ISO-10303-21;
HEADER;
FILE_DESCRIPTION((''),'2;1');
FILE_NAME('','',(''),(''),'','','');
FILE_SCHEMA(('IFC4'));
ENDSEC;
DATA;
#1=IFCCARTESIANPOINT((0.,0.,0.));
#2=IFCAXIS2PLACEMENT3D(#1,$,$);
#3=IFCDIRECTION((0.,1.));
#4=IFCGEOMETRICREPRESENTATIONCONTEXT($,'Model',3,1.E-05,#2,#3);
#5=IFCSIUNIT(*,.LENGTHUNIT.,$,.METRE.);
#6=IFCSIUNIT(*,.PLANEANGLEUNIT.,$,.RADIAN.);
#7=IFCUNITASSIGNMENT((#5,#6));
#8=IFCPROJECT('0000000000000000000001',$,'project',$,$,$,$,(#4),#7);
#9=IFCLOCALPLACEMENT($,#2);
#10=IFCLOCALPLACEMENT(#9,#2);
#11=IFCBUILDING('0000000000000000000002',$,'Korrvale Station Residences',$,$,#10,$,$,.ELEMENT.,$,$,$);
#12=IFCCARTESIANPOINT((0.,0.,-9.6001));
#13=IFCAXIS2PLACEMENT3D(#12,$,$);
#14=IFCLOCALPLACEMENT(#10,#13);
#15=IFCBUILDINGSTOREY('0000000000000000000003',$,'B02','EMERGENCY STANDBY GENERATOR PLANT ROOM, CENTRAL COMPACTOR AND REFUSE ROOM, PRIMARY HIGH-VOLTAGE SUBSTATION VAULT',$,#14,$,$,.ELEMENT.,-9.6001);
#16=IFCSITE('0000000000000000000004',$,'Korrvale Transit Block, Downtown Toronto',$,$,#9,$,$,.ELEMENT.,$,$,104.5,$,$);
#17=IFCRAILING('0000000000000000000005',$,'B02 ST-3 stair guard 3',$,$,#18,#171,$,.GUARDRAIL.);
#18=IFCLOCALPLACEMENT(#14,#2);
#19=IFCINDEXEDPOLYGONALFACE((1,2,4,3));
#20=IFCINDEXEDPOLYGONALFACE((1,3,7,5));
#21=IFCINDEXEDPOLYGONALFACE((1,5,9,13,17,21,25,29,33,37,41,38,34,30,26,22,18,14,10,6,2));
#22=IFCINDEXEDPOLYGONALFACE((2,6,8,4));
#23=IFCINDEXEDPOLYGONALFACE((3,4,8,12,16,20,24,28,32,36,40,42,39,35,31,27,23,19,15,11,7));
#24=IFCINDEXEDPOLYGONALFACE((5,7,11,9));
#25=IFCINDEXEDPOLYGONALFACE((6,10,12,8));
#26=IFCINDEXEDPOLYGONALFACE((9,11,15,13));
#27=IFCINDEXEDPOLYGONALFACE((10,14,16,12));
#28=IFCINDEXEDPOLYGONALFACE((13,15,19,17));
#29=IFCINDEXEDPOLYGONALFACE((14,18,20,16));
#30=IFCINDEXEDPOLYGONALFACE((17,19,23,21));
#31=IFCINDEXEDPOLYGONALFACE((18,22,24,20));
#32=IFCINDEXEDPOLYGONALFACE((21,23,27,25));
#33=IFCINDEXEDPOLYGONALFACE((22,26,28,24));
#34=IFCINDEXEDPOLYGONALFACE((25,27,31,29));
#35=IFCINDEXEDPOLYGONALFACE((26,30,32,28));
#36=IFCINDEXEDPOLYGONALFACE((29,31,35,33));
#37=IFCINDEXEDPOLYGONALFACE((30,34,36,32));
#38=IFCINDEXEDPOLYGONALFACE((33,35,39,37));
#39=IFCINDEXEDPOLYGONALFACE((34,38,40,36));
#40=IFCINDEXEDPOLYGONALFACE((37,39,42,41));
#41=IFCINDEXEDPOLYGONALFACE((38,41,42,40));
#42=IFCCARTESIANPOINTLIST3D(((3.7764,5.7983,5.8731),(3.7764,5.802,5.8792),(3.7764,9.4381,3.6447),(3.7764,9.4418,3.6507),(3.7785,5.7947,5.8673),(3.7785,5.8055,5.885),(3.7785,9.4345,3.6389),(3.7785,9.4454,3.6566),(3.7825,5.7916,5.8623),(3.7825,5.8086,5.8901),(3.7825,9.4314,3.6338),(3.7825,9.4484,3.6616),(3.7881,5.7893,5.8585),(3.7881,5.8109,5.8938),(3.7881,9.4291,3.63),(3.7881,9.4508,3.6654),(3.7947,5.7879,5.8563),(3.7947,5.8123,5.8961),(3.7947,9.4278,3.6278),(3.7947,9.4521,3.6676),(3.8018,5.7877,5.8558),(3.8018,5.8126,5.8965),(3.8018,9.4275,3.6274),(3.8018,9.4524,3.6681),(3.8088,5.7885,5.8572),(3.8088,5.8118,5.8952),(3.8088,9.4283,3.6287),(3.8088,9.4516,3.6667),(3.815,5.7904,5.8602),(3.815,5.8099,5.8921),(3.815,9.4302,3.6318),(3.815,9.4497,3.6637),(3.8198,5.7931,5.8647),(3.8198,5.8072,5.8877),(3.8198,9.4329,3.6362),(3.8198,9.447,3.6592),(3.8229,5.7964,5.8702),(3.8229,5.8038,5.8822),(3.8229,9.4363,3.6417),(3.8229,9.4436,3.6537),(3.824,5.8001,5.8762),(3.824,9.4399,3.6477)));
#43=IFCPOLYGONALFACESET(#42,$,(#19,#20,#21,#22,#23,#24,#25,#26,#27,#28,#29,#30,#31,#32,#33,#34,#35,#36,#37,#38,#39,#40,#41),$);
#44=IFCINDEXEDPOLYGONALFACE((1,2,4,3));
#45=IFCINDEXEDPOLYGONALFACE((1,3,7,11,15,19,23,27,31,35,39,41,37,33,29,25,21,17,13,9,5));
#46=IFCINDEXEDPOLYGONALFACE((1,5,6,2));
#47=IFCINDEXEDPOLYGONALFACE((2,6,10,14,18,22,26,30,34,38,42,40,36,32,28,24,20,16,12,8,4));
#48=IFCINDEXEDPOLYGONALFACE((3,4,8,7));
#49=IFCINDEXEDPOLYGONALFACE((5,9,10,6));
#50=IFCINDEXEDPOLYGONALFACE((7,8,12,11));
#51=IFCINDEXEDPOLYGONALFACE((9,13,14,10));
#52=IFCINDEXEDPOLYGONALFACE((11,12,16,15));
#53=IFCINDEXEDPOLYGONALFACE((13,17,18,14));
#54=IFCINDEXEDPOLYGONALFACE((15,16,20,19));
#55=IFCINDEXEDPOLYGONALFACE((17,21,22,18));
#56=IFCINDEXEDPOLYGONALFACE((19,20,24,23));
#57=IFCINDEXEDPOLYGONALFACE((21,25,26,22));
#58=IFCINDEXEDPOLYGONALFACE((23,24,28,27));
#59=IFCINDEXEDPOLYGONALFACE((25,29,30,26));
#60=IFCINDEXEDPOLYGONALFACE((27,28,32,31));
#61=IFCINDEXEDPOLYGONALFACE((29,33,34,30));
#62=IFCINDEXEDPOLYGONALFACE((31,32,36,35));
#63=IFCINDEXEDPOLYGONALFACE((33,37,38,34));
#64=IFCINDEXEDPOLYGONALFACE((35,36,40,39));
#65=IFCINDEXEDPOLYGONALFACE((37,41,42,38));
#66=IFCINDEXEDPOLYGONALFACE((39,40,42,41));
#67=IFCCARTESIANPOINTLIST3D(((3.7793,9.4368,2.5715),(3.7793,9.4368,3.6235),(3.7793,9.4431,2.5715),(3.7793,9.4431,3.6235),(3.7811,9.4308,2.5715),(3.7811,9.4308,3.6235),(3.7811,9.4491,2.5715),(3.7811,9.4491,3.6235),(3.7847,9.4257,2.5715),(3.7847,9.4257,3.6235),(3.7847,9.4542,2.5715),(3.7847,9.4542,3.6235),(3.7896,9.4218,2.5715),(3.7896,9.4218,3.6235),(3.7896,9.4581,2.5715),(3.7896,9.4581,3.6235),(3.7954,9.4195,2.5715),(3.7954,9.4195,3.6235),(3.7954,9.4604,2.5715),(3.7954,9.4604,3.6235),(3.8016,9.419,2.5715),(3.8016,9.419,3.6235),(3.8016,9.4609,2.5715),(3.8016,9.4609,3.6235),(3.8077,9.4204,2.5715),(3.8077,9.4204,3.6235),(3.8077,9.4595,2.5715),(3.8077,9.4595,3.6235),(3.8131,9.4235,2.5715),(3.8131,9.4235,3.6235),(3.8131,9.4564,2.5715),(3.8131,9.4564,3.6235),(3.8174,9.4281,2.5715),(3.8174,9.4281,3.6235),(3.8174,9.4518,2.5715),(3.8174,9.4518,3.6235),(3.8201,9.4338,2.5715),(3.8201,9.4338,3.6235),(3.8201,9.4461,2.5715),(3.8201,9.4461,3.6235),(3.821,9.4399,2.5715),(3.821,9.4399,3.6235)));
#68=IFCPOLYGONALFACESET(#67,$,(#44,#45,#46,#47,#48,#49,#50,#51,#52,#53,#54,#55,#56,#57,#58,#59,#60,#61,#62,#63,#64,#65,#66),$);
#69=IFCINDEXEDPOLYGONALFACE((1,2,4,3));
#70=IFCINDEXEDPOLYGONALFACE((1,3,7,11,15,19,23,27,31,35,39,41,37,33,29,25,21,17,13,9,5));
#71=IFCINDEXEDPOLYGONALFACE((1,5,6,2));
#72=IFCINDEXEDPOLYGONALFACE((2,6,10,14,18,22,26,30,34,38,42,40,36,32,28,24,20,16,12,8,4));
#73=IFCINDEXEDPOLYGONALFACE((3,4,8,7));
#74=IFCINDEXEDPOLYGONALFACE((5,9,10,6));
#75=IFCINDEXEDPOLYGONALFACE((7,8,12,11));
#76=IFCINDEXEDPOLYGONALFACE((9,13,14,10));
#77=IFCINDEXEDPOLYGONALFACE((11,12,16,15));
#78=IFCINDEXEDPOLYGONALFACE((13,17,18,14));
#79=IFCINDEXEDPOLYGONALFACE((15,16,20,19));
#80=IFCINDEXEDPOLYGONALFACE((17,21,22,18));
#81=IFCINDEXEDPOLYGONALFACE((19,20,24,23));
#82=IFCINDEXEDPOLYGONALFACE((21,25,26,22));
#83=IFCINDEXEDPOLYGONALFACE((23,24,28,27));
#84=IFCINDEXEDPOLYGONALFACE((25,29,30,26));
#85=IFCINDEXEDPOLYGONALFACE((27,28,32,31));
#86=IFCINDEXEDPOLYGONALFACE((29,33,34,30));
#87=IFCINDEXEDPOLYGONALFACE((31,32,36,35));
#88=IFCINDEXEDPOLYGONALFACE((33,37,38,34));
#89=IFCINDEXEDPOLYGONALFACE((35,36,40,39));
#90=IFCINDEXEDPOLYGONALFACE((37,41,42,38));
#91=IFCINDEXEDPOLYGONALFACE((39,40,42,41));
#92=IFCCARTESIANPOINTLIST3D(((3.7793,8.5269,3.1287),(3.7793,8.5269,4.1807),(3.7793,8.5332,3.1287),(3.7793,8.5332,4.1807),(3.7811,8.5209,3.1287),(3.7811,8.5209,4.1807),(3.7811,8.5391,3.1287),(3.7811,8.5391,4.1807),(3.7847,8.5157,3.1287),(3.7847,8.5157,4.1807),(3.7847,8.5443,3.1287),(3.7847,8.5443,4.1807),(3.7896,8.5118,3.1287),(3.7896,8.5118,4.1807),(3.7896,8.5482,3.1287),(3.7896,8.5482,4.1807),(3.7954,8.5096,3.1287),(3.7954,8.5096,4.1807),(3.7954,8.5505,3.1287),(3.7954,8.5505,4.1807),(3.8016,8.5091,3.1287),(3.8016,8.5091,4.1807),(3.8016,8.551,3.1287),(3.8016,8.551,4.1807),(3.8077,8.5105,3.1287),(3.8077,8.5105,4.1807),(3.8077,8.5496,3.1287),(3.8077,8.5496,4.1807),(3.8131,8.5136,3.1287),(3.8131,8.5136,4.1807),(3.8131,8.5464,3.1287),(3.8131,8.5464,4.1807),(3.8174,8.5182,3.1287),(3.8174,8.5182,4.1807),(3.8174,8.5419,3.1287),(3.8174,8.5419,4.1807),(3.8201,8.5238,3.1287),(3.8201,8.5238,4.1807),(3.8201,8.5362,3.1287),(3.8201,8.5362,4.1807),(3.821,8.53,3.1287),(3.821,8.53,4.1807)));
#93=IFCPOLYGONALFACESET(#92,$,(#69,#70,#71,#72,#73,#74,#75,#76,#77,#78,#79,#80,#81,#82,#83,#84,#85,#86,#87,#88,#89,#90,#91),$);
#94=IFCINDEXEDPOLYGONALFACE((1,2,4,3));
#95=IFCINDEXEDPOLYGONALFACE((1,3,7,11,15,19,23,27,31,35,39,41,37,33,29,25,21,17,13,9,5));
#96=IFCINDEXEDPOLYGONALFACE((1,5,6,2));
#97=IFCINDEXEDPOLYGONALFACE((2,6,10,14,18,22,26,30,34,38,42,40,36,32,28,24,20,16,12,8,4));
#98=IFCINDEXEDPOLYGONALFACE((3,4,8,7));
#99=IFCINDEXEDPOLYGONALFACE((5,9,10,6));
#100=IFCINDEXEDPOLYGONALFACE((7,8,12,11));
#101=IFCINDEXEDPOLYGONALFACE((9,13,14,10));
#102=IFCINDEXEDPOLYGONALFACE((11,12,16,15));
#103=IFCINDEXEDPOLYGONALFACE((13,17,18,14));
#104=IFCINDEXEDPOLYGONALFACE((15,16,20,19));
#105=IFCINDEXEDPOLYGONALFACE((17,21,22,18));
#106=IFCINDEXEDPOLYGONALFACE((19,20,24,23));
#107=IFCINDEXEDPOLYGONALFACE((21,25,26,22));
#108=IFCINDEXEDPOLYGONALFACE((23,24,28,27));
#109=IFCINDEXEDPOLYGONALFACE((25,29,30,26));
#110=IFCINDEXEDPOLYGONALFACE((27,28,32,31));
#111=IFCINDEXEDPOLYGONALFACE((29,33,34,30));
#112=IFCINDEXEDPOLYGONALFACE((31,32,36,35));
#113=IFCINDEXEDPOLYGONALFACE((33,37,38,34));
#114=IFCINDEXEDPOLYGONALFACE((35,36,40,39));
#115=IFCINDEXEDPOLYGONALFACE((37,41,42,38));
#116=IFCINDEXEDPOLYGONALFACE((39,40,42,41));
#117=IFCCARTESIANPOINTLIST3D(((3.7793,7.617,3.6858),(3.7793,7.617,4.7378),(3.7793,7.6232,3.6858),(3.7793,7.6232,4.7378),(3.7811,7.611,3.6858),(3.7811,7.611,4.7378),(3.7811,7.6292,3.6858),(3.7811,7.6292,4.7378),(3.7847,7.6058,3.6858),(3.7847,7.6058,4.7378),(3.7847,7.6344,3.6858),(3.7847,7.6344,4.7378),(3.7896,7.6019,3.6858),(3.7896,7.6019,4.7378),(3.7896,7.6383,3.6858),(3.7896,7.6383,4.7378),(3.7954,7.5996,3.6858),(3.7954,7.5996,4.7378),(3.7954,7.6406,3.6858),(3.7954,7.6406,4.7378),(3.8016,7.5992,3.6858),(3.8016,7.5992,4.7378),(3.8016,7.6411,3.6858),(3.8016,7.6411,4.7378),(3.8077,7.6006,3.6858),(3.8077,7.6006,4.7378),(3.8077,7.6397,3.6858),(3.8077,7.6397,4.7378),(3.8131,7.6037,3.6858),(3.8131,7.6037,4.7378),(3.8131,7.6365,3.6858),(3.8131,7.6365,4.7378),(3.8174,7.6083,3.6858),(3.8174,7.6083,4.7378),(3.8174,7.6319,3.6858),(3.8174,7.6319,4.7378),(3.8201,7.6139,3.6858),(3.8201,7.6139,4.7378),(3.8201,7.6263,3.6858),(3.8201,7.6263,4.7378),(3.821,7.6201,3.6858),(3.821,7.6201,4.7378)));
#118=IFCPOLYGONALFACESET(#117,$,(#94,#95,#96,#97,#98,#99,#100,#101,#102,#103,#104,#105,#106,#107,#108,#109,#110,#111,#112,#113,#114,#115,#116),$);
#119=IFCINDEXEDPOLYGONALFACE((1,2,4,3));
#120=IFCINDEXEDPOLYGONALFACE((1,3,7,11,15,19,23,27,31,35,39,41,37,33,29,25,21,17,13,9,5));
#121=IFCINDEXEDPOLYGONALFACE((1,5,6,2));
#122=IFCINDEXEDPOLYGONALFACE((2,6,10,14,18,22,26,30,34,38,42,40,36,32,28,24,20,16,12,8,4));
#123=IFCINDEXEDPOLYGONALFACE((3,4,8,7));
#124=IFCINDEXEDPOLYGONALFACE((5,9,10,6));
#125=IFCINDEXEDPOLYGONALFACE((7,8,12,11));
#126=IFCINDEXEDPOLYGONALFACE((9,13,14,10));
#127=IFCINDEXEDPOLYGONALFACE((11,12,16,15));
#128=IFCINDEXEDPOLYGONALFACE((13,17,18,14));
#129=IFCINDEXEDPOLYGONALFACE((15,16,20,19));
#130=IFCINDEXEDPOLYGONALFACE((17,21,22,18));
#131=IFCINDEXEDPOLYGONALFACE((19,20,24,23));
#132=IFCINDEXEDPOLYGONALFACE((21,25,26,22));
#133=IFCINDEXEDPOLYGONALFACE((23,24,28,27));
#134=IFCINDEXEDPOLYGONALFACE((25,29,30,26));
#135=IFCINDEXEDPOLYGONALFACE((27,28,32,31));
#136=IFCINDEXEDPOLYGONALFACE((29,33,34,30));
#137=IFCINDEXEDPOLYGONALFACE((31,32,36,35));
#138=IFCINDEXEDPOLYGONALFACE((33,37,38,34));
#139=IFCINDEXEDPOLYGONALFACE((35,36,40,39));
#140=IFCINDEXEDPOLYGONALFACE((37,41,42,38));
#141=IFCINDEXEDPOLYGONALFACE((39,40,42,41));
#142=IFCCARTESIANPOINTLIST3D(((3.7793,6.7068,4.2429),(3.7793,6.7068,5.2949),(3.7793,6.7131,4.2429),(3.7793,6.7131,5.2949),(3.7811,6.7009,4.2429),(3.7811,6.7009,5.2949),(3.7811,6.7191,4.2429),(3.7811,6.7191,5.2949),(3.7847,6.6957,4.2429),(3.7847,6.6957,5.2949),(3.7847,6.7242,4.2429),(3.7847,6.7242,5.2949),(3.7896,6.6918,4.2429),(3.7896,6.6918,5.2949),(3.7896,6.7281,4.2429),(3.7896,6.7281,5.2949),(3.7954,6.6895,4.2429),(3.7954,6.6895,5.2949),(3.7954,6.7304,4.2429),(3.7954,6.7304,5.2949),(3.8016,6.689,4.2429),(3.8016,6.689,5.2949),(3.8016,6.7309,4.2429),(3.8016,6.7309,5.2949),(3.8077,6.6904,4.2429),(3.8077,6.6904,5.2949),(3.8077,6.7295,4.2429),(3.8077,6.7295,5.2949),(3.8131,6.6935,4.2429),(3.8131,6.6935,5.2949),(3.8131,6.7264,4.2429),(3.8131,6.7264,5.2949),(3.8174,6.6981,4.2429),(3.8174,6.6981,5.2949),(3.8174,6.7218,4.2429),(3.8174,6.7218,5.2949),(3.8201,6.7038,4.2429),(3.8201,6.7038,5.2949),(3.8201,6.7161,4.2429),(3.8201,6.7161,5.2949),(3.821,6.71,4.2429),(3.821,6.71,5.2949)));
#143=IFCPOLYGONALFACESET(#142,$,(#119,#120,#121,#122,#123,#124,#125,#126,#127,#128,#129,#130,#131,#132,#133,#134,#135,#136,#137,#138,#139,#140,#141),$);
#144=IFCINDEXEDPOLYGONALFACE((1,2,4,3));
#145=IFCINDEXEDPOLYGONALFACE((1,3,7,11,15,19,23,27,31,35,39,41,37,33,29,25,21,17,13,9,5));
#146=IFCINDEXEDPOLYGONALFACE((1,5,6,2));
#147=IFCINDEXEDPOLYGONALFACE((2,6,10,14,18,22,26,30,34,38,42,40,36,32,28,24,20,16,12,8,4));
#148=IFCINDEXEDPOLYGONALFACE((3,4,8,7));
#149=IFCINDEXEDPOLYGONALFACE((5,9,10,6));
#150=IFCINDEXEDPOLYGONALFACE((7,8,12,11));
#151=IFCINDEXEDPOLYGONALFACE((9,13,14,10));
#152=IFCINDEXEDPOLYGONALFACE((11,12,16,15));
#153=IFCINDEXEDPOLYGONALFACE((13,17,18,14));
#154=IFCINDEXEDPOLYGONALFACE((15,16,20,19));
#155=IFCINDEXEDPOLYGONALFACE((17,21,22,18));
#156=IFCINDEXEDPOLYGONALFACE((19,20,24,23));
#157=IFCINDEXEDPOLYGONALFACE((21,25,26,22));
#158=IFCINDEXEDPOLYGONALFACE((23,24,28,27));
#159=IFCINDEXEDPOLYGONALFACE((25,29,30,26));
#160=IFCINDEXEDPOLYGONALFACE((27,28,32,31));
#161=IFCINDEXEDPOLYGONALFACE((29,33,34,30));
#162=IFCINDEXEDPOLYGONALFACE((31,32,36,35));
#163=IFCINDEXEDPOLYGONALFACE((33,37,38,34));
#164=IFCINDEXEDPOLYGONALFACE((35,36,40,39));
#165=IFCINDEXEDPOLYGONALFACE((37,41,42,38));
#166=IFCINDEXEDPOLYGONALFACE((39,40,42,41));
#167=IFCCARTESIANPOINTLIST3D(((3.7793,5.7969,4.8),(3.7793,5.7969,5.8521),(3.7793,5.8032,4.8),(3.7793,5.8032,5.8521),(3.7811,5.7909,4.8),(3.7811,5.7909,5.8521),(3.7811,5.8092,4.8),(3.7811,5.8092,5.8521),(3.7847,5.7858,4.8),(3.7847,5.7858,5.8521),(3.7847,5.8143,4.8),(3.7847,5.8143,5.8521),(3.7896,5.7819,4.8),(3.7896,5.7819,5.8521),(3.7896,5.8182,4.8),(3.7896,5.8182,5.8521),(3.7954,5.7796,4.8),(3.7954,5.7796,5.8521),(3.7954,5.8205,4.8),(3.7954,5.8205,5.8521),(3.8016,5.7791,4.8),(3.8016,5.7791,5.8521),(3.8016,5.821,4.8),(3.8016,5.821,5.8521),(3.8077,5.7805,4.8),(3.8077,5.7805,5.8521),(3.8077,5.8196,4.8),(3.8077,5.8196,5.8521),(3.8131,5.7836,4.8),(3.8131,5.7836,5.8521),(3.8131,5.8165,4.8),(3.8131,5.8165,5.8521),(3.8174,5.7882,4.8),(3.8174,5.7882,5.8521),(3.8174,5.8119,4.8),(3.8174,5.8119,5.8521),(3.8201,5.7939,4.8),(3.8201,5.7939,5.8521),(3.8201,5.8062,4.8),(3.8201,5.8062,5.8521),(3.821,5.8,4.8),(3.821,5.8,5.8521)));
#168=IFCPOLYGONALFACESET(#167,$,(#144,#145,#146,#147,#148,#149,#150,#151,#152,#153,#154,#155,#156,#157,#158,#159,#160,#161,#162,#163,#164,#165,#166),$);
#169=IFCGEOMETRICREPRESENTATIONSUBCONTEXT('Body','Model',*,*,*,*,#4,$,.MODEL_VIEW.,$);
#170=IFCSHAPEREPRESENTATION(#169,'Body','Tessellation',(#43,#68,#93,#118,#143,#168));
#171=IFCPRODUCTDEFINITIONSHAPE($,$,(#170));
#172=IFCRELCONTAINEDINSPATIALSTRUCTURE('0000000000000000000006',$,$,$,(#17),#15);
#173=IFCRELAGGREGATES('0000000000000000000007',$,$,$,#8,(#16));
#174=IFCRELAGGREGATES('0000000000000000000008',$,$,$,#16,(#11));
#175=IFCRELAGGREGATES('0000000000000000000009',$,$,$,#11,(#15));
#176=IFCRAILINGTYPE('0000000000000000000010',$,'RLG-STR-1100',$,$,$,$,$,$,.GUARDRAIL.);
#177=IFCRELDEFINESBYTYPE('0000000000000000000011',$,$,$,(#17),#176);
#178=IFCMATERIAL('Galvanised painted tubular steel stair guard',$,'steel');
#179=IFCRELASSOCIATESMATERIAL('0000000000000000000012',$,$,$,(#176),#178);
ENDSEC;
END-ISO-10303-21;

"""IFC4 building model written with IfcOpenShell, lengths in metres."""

from ifc_helpers import new_model, si_unit, direction, frame, origin, origin_2d, place, context, subcontext, project, spatial, circle, extrude, material, type_object, element, save


model = new_model("IFC4")

# Units and contexts
model_context = context("Model", 3, precision=1e-05, world=origin(), true_north=direction((0.0, 1.0)))
body_context = subcontext(model_context, "Body", "Model", "MODEL_VIEW")
ifc_project = project(units=[si_unit("LENGTHUNIT", "METRE"), si_unit("PLANEANGLEUNIT", "RADIAN")], contexts=[model_context])

# Site, building, storey
site_placement = place(None, origin())
site = spatial("IfcSite", under=ifc_project, at=site_placement, Name="Korrvale Transit Block, Downtown Toronto", CompositionType="ELEMENT", RefElevation=104.5)
building_placement = place(site_placement, origin())
building = spatial("IfcBuilding", under=site, at=building_placement, Name="Korrvale Station Residences", CompositionType="ELEMENT")
storey_placement = place(building_placement, frame((0.0, 0.0, -9.6001)))
storey = spatial("IfcBuildingStorey", under=building, at=storey_placement, Name="B02", Description="EMERGENCY STANDBY GENERATOR PLANT ROOM, CENTRAL COMPACTOR AND REFUSE ROOM, PRIMARY HIGH-VOLTAGE SUBSTATION VAULT", CompositionType="ELEMENT", Elevation=-9.6001)

# Railing
ifc_material_1 = material(Name="Galvanised painted tubular steel stair guard", Category="steel")
railing_type_1 = type_object("IfcRailingType", Name="RLG-STR-1100", PredefinedType="GUARDRAIL", material=ifc_material_1)
railing_1_placement = place(storey_placement, frame((3.8, 9.4399, 2.5715)))
element("IfcRailing", 1, at=railing_1_placement, inside=storey, type_object=railing_type_1, Name="B02 ST-3 stair guard 3", PredefinedType="GUARDRAIL", context=body_context, shape_type="SweptSolid", body=[
    extrude(circle(Radius=0.0239, at=origin_2d()), frame((0.0, 0.0, 1.0762), z_axis=(0.0, -0.85285, 0.522156), x_axis=(1.0, 0.0, 0.0)), (0.0, 0.0, 1.0), 4.2678),
    extrude(circle(Radius=0.021, at=origin_2d()), origin(), (0.0, 0.0, 1.0), 1.052),
    extrude(circle(Radius=0.021, at=origin_2d()), frame((0.0, -0.9099, 0.5571)), (0.0, 0.0, 1.0), 1.052),
    extrude(circle(Radius=0.021, at=origin_2d()), frame((0.0, -1.8198, 1.1143)), (0.0, 0.0, 1.0), 1.052),
    extrude(circle(Radius=0.021, at=origin_2d()), frame((0.0, -2.73, 1.6714)), (0.0, 0.0, 1.0), 1.052),
    extrude(circle(Radius=0.021, at=origin_2d()), frame((0.0, -3.6399, 2.2285)), (0.0, 0.0, 1.0), 1.052),
])

save(model, "model.ifc")
